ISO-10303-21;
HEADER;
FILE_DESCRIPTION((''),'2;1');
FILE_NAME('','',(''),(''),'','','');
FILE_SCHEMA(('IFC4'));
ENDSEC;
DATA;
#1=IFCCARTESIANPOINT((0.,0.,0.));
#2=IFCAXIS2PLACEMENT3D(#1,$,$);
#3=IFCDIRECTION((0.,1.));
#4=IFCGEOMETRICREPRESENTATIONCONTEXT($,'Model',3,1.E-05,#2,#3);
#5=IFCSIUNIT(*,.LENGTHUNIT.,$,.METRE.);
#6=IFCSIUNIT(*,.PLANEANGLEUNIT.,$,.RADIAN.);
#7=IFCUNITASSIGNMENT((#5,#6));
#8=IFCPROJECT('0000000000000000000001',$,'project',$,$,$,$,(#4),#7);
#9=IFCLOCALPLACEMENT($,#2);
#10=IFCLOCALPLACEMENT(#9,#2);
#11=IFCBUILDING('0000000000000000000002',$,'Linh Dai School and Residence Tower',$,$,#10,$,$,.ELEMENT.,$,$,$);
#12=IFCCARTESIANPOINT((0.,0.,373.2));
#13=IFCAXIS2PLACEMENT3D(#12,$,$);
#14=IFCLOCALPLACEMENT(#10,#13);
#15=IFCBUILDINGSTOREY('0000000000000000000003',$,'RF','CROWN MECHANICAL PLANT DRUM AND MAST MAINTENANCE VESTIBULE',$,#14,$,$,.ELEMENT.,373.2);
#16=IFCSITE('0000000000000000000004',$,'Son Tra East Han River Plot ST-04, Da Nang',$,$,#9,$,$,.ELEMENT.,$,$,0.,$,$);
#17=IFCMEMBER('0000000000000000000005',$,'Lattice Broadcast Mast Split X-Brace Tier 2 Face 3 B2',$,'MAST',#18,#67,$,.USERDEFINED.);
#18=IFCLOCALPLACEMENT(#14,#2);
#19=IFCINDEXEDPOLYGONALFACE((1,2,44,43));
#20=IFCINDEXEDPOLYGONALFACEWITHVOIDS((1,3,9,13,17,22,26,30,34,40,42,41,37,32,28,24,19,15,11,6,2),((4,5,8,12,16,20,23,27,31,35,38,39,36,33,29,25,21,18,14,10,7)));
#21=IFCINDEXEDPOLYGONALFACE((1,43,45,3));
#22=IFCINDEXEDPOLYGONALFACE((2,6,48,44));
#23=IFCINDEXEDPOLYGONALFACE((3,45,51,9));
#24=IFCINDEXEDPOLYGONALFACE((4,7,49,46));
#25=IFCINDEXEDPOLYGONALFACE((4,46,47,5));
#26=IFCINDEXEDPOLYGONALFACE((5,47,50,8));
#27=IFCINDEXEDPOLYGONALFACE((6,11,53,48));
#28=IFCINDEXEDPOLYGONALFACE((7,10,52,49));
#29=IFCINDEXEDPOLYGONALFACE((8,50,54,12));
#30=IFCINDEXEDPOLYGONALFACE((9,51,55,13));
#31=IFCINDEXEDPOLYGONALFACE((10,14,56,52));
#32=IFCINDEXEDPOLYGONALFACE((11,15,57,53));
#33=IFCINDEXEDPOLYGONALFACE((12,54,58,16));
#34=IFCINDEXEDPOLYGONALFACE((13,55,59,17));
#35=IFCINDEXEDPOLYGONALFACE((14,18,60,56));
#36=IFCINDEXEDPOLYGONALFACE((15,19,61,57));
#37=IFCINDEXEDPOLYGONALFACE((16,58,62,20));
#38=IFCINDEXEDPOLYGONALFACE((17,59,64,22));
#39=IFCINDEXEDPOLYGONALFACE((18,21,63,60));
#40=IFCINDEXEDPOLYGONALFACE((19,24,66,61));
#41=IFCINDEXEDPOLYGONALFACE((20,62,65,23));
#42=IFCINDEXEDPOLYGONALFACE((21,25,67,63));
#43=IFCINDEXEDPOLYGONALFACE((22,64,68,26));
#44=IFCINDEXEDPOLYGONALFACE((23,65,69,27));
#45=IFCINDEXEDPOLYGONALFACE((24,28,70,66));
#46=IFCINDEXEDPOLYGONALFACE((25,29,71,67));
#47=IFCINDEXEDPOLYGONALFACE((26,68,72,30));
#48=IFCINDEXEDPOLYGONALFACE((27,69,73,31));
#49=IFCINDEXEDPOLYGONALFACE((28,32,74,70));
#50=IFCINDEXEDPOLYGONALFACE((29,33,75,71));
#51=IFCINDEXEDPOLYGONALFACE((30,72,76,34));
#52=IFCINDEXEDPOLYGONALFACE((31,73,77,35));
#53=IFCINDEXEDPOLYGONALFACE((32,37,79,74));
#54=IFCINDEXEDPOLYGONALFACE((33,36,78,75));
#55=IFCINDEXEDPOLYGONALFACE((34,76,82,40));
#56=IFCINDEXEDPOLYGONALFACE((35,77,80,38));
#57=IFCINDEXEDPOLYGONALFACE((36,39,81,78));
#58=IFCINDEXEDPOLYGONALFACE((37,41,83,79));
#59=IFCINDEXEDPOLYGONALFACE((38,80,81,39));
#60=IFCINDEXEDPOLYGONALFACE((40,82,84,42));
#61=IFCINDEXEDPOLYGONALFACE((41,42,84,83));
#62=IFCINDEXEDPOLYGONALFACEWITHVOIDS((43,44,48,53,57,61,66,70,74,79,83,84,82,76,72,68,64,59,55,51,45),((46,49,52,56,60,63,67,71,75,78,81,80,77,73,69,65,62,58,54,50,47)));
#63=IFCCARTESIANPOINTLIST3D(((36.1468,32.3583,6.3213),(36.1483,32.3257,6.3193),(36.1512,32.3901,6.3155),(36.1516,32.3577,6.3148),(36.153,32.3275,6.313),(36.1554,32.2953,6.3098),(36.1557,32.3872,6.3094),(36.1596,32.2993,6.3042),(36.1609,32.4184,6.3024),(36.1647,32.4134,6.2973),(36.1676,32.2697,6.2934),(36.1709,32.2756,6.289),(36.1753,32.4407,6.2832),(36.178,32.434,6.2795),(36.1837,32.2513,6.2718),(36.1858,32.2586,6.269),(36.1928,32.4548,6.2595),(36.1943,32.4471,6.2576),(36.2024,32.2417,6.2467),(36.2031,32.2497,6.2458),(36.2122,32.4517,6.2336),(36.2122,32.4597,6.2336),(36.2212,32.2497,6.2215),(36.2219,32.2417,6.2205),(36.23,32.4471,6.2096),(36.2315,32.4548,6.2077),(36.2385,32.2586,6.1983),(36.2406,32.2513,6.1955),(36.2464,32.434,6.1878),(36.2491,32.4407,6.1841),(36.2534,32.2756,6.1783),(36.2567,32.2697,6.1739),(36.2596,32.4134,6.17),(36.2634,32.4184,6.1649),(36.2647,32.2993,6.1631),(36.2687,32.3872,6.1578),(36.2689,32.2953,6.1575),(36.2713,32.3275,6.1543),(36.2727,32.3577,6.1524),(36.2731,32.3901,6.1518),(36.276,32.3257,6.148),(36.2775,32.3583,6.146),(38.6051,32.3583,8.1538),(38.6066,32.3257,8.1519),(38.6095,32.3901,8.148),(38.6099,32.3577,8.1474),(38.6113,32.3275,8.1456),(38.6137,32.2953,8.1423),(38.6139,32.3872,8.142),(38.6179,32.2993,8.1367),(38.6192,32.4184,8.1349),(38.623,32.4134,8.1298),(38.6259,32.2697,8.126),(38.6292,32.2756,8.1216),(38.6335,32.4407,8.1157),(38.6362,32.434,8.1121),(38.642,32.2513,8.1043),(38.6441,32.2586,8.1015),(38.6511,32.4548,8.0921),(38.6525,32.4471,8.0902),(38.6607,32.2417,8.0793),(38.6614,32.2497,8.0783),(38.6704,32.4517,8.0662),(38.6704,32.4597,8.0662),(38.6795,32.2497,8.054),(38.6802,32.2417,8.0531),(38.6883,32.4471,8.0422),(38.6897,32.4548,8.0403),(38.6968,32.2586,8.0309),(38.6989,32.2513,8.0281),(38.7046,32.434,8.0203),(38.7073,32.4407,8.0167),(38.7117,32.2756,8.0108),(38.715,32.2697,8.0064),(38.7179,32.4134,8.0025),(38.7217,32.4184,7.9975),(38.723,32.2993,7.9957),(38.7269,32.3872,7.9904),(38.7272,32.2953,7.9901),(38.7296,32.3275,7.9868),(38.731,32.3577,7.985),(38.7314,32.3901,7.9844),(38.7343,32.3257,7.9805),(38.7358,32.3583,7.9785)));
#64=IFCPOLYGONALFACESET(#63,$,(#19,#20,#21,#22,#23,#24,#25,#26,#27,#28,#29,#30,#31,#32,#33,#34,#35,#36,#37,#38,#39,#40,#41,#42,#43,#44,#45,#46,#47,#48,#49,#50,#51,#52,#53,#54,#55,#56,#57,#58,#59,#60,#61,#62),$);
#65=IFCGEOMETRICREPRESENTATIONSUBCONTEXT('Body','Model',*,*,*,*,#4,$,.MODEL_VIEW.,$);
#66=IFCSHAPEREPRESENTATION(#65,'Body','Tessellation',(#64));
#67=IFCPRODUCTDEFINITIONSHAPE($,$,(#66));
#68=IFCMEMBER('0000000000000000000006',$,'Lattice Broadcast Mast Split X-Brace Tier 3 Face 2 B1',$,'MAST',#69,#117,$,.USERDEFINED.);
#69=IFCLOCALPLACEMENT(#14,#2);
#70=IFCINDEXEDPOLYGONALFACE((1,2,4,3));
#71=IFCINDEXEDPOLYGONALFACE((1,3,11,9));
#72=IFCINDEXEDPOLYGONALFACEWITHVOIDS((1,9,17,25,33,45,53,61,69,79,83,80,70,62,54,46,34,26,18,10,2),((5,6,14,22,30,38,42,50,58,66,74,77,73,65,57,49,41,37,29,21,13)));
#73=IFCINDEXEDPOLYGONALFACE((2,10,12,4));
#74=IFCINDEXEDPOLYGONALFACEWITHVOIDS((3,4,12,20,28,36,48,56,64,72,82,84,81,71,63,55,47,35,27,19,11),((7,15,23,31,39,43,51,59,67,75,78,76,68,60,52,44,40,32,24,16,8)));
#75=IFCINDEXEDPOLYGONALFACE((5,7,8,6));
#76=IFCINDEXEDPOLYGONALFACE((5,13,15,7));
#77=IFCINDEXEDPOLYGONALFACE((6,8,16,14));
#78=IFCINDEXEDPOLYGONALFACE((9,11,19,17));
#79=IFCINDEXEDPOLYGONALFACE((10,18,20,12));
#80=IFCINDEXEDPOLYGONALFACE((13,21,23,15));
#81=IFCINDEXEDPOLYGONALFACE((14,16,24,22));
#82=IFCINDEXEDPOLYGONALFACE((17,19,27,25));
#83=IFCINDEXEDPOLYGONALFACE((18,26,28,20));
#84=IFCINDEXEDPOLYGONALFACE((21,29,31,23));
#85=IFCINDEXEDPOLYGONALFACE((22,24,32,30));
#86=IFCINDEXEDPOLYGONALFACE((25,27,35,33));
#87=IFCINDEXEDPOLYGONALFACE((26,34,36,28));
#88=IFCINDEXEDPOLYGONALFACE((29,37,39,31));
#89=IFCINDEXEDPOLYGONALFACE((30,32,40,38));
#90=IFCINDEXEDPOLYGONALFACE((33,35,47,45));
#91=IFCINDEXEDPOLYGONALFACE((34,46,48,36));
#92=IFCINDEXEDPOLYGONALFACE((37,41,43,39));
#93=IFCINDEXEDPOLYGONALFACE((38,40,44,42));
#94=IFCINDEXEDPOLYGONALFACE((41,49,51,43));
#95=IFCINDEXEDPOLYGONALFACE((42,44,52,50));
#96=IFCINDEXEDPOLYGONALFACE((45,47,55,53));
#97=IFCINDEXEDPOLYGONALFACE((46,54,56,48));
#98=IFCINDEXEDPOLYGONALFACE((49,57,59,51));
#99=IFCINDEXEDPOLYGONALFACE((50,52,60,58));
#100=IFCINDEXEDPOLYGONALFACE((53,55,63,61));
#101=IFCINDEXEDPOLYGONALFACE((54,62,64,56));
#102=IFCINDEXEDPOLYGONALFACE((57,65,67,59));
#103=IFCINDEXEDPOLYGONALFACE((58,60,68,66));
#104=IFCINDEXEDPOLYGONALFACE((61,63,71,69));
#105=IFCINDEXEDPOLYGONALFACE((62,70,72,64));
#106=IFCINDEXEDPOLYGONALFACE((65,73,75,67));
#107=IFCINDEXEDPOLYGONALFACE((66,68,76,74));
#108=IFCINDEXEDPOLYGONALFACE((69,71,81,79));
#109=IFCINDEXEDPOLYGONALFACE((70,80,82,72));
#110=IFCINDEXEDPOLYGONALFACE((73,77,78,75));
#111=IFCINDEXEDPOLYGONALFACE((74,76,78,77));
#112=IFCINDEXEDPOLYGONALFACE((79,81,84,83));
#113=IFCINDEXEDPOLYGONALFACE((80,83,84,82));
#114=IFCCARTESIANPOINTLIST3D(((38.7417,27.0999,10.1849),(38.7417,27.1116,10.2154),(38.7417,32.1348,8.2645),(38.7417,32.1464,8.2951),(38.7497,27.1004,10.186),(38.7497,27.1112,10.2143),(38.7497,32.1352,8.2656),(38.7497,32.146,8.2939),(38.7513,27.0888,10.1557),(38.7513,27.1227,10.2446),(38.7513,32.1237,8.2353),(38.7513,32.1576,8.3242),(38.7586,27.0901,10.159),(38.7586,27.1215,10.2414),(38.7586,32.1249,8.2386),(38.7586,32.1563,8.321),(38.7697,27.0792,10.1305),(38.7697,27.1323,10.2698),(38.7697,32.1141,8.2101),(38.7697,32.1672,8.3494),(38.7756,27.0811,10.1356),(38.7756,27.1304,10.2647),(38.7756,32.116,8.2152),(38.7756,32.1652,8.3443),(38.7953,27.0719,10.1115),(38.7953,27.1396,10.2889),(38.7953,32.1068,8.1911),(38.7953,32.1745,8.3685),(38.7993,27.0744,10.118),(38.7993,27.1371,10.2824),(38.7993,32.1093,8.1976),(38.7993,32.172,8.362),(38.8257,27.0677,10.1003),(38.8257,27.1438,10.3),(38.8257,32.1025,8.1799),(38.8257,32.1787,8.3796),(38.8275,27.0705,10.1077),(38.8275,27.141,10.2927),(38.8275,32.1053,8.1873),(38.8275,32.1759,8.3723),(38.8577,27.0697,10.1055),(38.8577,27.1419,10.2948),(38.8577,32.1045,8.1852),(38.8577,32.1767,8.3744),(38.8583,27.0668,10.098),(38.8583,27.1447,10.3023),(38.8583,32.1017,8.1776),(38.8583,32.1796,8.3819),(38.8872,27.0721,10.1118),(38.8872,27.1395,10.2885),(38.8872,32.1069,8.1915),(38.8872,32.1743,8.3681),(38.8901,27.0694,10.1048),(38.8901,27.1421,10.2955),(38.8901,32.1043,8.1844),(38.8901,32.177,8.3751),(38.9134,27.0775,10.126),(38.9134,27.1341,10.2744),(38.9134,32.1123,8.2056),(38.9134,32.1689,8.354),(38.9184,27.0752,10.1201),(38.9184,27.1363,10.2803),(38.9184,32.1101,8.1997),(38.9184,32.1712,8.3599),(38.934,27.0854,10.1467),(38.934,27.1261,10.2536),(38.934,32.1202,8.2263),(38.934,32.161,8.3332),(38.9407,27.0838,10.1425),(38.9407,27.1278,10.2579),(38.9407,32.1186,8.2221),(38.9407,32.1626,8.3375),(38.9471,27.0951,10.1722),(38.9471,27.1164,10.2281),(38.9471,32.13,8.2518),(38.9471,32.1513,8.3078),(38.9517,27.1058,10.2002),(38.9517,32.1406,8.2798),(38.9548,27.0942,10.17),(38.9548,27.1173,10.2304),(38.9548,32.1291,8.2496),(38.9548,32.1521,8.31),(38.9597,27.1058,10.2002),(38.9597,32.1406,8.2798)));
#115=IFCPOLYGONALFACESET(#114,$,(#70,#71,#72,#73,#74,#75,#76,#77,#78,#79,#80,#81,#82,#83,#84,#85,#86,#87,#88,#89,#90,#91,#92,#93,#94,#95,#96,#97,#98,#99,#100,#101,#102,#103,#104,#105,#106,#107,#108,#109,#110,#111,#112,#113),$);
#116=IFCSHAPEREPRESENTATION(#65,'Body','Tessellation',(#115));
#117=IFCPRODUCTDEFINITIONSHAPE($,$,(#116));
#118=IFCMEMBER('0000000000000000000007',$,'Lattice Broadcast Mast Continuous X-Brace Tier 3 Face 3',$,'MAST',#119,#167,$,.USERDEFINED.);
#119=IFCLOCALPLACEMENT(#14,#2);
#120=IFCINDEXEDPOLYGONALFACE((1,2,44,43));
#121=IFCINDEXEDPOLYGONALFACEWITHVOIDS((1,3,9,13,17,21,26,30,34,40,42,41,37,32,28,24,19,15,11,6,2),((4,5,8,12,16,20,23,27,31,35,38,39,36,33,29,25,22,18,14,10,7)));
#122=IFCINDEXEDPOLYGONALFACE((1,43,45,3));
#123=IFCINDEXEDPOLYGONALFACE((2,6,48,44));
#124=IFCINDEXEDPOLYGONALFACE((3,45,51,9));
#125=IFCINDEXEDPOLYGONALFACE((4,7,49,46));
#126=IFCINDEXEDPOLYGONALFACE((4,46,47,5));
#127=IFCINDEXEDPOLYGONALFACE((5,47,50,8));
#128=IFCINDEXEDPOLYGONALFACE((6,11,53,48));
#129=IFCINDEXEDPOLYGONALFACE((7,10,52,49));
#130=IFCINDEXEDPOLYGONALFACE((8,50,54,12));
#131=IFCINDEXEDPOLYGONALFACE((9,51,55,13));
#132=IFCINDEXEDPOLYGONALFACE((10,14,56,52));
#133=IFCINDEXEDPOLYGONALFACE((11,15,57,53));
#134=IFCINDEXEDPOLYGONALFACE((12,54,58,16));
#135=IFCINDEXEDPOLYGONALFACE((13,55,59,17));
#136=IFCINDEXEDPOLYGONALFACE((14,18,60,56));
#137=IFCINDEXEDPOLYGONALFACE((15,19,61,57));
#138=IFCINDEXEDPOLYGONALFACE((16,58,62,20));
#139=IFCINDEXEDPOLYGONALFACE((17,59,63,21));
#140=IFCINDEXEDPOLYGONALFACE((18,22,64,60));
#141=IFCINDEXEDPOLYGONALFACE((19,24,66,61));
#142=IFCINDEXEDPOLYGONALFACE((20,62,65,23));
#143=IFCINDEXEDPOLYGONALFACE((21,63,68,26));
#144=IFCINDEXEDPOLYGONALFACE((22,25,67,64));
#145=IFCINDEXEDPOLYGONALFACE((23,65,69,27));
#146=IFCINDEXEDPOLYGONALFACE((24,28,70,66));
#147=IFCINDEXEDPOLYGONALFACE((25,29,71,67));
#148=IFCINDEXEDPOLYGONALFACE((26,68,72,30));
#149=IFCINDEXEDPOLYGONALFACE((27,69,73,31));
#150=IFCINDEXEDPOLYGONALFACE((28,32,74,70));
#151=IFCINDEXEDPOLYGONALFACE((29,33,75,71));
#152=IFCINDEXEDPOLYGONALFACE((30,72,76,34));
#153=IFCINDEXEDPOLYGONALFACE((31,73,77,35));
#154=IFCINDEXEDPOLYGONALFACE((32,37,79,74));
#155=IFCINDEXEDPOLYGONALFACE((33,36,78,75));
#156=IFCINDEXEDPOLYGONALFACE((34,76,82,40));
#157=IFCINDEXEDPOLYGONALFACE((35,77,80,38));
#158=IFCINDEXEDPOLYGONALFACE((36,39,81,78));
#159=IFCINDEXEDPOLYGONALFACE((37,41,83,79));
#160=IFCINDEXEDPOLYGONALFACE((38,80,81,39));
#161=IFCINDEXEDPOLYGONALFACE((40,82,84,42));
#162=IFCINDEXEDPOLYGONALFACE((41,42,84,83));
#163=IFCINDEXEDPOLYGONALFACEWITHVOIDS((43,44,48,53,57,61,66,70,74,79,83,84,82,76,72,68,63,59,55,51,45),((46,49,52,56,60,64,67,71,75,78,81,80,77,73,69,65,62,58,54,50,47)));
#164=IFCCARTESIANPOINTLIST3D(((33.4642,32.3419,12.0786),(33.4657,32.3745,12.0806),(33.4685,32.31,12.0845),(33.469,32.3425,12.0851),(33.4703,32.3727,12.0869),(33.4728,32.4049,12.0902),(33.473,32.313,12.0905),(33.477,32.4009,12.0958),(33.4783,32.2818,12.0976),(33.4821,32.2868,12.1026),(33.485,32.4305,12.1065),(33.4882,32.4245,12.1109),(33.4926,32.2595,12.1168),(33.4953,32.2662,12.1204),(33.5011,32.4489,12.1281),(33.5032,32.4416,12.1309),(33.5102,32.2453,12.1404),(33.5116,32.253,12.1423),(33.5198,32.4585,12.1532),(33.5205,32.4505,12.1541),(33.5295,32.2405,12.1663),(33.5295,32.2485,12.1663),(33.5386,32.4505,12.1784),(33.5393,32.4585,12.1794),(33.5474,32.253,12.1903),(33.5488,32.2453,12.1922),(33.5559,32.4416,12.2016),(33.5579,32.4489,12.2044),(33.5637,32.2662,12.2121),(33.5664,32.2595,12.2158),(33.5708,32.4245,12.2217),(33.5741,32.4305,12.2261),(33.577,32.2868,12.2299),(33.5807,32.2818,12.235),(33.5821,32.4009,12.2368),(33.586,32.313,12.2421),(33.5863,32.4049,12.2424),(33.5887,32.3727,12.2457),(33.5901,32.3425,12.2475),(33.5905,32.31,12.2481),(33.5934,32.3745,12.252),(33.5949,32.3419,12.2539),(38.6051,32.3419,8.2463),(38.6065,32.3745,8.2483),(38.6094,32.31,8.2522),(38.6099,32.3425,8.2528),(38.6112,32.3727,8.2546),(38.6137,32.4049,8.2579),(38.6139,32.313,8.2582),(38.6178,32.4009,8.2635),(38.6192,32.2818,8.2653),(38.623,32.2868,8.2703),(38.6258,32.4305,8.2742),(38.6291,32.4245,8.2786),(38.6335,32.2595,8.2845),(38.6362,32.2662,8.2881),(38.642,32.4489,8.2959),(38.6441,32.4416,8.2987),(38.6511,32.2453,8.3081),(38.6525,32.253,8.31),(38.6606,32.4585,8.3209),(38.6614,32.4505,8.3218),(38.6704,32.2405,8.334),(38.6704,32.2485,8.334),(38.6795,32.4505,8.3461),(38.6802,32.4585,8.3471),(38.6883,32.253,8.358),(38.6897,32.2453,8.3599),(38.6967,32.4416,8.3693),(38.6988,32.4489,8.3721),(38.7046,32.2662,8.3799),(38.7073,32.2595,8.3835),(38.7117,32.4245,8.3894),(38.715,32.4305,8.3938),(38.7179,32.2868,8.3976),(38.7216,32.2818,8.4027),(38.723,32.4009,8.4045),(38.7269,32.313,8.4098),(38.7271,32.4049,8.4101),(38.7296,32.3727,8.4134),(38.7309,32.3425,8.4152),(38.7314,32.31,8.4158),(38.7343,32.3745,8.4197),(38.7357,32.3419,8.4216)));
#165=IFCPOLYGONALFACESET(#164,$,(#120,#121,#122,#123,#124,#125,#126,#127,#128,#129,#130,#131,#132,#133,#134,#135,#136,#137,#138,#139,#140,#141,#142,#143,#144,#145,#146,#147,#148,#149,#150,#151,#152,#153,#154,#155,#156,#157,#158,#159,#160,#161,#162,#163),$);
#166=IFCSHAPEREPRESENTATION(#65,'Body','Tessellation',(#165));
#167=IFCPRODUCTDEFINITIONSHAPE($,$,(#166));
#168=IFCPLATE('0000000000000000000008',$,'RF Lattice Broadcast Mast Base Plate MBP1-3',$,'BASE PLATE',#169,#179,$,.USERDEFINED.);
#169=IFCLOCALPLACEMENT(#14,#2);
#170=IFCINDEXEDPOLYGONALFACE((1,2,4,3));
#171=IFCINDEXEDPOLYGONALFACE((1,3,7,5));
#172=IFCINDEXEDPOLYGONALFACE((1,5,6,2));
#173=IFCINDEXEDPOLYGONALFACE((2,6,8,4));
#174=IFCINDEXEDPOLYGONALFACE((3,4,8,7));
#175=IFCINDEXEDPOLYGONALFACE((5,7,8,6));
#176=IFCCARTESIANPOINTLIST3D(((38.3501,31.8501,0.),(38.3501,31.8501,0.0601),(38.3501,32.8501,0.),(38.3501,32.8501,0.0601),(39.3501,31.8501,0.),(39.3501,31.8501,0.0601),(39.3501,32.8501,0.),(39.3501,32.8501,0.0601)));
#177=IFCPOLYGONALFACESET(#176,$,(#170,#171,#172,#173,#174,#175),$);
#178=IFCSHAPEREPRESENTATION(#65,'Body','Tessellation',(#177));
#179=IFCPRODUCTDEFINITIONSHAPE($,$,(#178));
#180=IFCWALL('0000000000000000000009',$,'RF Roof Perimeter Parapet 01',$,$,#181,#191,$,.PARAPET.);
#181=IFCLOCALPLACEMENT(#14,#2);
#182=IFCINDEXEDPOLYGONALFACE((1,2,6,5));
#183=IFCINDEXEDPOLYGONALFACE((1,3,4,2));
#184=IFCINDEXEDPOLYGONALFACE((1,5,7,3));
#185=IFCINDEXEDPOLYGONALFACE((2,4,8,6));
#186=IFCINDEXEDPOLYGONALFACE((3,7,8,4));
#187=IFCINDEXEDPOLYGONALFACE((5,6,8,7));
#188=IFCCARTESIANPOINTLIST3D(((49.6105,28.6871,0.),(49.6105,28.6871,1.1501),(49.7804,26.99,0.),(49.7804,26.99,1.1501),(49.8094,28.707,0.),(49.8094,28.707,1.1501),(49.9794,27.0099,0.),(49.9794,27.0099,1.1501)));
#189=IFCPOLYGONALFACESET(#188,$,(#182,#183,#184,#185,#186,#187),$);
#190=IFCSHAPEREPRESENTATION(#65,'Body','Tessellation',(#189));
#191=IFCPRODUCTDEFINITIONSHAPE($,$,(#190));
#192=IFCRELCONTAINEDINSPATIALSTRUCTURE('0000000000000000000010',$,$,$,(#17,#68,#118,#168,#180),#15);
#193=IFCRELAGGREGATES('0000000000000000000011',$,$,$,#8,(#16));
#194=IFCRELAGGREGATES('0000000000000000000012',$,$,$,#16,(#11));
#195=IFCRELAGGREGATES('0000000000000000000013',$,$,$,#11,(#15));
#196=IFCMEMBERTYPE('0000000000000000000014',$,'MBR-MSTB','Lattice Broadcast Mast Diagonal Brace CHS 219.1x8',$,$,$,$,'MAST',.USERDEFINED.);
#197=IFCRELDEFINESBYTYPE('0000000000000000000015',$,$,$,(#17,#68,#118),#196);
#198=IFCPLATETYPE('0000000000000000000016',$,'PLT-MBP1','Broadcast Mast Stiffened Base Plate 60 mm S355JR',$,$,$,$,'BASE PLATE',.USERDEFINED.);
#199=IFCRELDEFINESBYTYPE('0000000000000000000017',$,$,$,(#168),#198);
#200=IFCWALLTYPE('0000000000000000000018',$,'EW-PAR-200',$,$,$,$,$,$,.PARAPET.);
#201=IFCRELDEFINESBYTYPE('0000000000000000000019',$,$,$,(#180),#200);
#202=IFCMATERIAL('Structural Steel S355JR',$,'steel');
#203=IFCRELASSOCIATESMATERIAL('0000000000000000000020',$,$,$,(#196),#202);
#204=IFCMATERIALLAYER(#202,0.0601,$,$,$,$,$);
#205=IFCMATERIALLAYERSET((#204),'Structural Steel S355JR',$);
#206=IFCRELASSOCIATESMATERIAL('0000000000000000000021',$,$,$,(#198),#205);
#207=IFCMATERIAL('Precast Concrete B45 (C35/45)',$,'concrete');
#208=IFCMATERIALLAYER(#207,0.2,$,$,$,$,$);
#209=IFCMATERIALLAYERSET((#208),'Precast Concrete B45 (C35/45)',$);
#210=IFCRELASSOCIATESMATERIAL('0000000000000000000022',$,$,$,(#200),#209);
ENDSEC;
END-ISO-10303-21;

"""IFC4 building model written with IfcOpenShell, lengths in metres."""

from ifc_helpers import new_model, si_unit, direction, frame, frame_2d, origin, origin_2d, place, context, subcontext, project, spatial, rectangle, hollow_circle, extrude, source, transform, mapped, material, layer, layer_set, material_profile, profile_set, type_object, element, save


model = new_model("IFC4")

# Units and contexts
model_context = context("Model", 3, precision=1e-05, world=origin(), true_north=direction((0.0, 1.0)))
body_context = subcontext(model_context, "Body", "Model", "MODEL_VIEW")
ifc_project = project(units=[si_unit("LENGTHUNIT", "METRE"), si_unit("PLANEANGLEUNIT", "RADIAN")], contexts=[model_context])

# Site, building, storey
site_placement = place(None, origin())
site = spatial("IfcSite", under=ifc_project, at=site_placement, Name="Son Tra East Han River Plot ST-04, Da Nang", CompositionType="ELEMENT", RefElevation=0.0)
building_placement = place(site_placement, origin())
building = spatial("IfcBuilding", under=site, at=building_placement, Name="Linh Dai School and Residence Tower", CompositionType="ELEMENT")
storey_placement = place(building_placement, frame((0.0, 0.0, 373.2)))
storey = spatial("IfcBuildingStorey", under=building, at=storey_placement, Name="RF", Description="CROWN MECHANICAL PLANT DRUM AND MAST MAINTENANCE VESTIBULE", CompositionType="ELEMENT", Elevation=373.2)

# Shared definitions
ifc_material_1 = material(Name="Structural Steel S355JR", Category="steel")

# Members
ifc_material_profile_1 = material_profile(ifc_material_1, hollow_circle(Radius=0.1096, WallThickness=0.0081, at=origin_2d()), Name="CHS 219.1x8")
ifc_profile_set_1 = profile_set([ifc_material_profile_1], Name="Structural Steel S355JR")
member_type = type_object("IfcMemberType", Name="MBR-MSTB", Description="Lattice Broadcast Mast Diagonal Brace CHS 219.1x8", ElementType="MAST", PredefinedType="USERDEFINED", material=ifc_profile_set_1)
member_1_placement = place(storey_placement, frame((36.2122, 32.3501, 6.2336), z_axis=(0.801745, 0.0, 0.597666), x_axis=(0.0, 1.0, 0.0)))
element("IfcMember", 1, at=member_1_placement, inside=storey, type_object=member_type, Name="Lattice Broadcast Mast Split X-Brace Tier 2 Face 3 B2", ObjectType="MAST", PredefinedType="USERDEFINED", context=body_context, shape_type="SweptSolid", body=[
    extrude(hollow_circle(Radius=0.1096, WallThickness=0.0081, at=origin_2d()), origin(), (0.0, 0.0, 1.0), 3.0662),
])
member_2_placement = place(storey_placement, frame((38.8501, 32.1406, 8.2798), z_axis=(0.0, -0.934343, 0.356376), x_axis=(1.0, 0.0, 0.0)))
element("IfcMember", 2, at=member_2_placement, inside=storey, type_object=member_type, Name="Lattice Broadcast Mast Split X-Brace Tier 3 Face 2 B1", ObjectType="MAST", PredefinedType="USERDEFINED", context=body_context, shape_type="SweptSolid", body=[
    extrude(hollow_circle(Radius=0.1096, WallThickness=0.0081, at=origin_2d()), origin(), (0.0, 0.0, 1.0), 5.3887),
])
member_3_placement = place(storey_placement, frame((38.6704, 32.3501, 8.334), z_axis=(-0.801747, 0.0, 0.597664), x_axis=(0.0, -1.0, 0.0)))
element("IfcMember", 3, at=member_3_placement, inside=storey, type_object=member_type, Name="Lattice Broadcast Mast Continuous X-Brace Tier 3 Face 3", ObjectType="MAST", PredefinedType="USERDEFINED", context=body_context, shape_type="SweptSolid", body=[
    extrude(hollow_circle(Radius=0.1096, WallThickness=0.0081, at=origin_2d()), origin(), (0.0, 0.0, 1.0), 6.4121),
])

# Plate
ifc_layer_1 = layer(ifc_material_1, 0.0601)
ifc_layer_set_1 = layer_set([ifc_layer_1], Name="Structural Steel S355JR")
plate_type = type_object("IfcPlateType", Name="PLT-MBP1", Description="Broadcast Mast Stiffened Base Plate 60 mm S355JR", ElementType="BASE PLATE", PredefinedType="USERDEFINED", material=ifc_layer_set_1)
shared_shape_1 = source(origin(), body_context, "Body", "SweptSolid", [
    extrude(rectangle(XDim=1.0, YDim=1.0, at=origin_2d()), origin(), (0.0, 0.0, 1.0), 0.0601),
])
plate_placement = place(storey_placement, frame((38.8501, 32.3501, 0.0), z_axis=(0.0, 0.0, 1.0), x_axis=(1.0, 0.0, 0.0)))
element("IfcPlate", 4, at=plate_placement, inside=storey, type_object=plate_type, Name="RF Lattice Broadcast Mast Base Plate MBP1-3", ObjectType="BASE PLATE", PredefinedType="USERDEFINED", context=body_context, shape_type="MappedRepresentation", body=[
    mapped(shared_shape_1, transform((0.0, 0.0, 0.0), x_axis=(1.0, 0.0, 0.0), y_axis=(0.0, 1.0, 0.0), z_axis=(0.0, 0.0, 1.0), scale=1.0)),
])

# Wall
ifc_material_2 = material(Name="Precast Concrete B45 (C35/45)", Category="concrete")
ifc_layer_2 = layer(ifc_material_2, 0.2)
ifc_layer_set_2 = layer_set([ifc_layer_2], Name="Precast Concrete B45 (C35/45)")
wall_type_1 = type_object("IfcWallType", Name="EW-PAR-200", PredefinedType="PARAPET", material=ifc_layer_set_2)
wall_1_placement = place(storey_placement, frame((49.71, 28.697, 0.0), z_axis=(0.0, 0.0, 1.0), x_axis=(0.099631, -0.995024, 0.0)))
element("IfcWall", 5, at=wall_1_placement, inside=storey, type_object=wall_type_1, Name="RF Roof Perimeter Parapet 01", PredefinedType="PARAPET", context=body_context, shape_type="SweptSolid", body=[
    extrude(rectangle(XDim=1.7056, YDim=0.2, at=frame_2d((0.8528, 0.0))), origin(), (0.0, 0.0, 1.0), 1.1501),
])

save(model, "model.ifc")
